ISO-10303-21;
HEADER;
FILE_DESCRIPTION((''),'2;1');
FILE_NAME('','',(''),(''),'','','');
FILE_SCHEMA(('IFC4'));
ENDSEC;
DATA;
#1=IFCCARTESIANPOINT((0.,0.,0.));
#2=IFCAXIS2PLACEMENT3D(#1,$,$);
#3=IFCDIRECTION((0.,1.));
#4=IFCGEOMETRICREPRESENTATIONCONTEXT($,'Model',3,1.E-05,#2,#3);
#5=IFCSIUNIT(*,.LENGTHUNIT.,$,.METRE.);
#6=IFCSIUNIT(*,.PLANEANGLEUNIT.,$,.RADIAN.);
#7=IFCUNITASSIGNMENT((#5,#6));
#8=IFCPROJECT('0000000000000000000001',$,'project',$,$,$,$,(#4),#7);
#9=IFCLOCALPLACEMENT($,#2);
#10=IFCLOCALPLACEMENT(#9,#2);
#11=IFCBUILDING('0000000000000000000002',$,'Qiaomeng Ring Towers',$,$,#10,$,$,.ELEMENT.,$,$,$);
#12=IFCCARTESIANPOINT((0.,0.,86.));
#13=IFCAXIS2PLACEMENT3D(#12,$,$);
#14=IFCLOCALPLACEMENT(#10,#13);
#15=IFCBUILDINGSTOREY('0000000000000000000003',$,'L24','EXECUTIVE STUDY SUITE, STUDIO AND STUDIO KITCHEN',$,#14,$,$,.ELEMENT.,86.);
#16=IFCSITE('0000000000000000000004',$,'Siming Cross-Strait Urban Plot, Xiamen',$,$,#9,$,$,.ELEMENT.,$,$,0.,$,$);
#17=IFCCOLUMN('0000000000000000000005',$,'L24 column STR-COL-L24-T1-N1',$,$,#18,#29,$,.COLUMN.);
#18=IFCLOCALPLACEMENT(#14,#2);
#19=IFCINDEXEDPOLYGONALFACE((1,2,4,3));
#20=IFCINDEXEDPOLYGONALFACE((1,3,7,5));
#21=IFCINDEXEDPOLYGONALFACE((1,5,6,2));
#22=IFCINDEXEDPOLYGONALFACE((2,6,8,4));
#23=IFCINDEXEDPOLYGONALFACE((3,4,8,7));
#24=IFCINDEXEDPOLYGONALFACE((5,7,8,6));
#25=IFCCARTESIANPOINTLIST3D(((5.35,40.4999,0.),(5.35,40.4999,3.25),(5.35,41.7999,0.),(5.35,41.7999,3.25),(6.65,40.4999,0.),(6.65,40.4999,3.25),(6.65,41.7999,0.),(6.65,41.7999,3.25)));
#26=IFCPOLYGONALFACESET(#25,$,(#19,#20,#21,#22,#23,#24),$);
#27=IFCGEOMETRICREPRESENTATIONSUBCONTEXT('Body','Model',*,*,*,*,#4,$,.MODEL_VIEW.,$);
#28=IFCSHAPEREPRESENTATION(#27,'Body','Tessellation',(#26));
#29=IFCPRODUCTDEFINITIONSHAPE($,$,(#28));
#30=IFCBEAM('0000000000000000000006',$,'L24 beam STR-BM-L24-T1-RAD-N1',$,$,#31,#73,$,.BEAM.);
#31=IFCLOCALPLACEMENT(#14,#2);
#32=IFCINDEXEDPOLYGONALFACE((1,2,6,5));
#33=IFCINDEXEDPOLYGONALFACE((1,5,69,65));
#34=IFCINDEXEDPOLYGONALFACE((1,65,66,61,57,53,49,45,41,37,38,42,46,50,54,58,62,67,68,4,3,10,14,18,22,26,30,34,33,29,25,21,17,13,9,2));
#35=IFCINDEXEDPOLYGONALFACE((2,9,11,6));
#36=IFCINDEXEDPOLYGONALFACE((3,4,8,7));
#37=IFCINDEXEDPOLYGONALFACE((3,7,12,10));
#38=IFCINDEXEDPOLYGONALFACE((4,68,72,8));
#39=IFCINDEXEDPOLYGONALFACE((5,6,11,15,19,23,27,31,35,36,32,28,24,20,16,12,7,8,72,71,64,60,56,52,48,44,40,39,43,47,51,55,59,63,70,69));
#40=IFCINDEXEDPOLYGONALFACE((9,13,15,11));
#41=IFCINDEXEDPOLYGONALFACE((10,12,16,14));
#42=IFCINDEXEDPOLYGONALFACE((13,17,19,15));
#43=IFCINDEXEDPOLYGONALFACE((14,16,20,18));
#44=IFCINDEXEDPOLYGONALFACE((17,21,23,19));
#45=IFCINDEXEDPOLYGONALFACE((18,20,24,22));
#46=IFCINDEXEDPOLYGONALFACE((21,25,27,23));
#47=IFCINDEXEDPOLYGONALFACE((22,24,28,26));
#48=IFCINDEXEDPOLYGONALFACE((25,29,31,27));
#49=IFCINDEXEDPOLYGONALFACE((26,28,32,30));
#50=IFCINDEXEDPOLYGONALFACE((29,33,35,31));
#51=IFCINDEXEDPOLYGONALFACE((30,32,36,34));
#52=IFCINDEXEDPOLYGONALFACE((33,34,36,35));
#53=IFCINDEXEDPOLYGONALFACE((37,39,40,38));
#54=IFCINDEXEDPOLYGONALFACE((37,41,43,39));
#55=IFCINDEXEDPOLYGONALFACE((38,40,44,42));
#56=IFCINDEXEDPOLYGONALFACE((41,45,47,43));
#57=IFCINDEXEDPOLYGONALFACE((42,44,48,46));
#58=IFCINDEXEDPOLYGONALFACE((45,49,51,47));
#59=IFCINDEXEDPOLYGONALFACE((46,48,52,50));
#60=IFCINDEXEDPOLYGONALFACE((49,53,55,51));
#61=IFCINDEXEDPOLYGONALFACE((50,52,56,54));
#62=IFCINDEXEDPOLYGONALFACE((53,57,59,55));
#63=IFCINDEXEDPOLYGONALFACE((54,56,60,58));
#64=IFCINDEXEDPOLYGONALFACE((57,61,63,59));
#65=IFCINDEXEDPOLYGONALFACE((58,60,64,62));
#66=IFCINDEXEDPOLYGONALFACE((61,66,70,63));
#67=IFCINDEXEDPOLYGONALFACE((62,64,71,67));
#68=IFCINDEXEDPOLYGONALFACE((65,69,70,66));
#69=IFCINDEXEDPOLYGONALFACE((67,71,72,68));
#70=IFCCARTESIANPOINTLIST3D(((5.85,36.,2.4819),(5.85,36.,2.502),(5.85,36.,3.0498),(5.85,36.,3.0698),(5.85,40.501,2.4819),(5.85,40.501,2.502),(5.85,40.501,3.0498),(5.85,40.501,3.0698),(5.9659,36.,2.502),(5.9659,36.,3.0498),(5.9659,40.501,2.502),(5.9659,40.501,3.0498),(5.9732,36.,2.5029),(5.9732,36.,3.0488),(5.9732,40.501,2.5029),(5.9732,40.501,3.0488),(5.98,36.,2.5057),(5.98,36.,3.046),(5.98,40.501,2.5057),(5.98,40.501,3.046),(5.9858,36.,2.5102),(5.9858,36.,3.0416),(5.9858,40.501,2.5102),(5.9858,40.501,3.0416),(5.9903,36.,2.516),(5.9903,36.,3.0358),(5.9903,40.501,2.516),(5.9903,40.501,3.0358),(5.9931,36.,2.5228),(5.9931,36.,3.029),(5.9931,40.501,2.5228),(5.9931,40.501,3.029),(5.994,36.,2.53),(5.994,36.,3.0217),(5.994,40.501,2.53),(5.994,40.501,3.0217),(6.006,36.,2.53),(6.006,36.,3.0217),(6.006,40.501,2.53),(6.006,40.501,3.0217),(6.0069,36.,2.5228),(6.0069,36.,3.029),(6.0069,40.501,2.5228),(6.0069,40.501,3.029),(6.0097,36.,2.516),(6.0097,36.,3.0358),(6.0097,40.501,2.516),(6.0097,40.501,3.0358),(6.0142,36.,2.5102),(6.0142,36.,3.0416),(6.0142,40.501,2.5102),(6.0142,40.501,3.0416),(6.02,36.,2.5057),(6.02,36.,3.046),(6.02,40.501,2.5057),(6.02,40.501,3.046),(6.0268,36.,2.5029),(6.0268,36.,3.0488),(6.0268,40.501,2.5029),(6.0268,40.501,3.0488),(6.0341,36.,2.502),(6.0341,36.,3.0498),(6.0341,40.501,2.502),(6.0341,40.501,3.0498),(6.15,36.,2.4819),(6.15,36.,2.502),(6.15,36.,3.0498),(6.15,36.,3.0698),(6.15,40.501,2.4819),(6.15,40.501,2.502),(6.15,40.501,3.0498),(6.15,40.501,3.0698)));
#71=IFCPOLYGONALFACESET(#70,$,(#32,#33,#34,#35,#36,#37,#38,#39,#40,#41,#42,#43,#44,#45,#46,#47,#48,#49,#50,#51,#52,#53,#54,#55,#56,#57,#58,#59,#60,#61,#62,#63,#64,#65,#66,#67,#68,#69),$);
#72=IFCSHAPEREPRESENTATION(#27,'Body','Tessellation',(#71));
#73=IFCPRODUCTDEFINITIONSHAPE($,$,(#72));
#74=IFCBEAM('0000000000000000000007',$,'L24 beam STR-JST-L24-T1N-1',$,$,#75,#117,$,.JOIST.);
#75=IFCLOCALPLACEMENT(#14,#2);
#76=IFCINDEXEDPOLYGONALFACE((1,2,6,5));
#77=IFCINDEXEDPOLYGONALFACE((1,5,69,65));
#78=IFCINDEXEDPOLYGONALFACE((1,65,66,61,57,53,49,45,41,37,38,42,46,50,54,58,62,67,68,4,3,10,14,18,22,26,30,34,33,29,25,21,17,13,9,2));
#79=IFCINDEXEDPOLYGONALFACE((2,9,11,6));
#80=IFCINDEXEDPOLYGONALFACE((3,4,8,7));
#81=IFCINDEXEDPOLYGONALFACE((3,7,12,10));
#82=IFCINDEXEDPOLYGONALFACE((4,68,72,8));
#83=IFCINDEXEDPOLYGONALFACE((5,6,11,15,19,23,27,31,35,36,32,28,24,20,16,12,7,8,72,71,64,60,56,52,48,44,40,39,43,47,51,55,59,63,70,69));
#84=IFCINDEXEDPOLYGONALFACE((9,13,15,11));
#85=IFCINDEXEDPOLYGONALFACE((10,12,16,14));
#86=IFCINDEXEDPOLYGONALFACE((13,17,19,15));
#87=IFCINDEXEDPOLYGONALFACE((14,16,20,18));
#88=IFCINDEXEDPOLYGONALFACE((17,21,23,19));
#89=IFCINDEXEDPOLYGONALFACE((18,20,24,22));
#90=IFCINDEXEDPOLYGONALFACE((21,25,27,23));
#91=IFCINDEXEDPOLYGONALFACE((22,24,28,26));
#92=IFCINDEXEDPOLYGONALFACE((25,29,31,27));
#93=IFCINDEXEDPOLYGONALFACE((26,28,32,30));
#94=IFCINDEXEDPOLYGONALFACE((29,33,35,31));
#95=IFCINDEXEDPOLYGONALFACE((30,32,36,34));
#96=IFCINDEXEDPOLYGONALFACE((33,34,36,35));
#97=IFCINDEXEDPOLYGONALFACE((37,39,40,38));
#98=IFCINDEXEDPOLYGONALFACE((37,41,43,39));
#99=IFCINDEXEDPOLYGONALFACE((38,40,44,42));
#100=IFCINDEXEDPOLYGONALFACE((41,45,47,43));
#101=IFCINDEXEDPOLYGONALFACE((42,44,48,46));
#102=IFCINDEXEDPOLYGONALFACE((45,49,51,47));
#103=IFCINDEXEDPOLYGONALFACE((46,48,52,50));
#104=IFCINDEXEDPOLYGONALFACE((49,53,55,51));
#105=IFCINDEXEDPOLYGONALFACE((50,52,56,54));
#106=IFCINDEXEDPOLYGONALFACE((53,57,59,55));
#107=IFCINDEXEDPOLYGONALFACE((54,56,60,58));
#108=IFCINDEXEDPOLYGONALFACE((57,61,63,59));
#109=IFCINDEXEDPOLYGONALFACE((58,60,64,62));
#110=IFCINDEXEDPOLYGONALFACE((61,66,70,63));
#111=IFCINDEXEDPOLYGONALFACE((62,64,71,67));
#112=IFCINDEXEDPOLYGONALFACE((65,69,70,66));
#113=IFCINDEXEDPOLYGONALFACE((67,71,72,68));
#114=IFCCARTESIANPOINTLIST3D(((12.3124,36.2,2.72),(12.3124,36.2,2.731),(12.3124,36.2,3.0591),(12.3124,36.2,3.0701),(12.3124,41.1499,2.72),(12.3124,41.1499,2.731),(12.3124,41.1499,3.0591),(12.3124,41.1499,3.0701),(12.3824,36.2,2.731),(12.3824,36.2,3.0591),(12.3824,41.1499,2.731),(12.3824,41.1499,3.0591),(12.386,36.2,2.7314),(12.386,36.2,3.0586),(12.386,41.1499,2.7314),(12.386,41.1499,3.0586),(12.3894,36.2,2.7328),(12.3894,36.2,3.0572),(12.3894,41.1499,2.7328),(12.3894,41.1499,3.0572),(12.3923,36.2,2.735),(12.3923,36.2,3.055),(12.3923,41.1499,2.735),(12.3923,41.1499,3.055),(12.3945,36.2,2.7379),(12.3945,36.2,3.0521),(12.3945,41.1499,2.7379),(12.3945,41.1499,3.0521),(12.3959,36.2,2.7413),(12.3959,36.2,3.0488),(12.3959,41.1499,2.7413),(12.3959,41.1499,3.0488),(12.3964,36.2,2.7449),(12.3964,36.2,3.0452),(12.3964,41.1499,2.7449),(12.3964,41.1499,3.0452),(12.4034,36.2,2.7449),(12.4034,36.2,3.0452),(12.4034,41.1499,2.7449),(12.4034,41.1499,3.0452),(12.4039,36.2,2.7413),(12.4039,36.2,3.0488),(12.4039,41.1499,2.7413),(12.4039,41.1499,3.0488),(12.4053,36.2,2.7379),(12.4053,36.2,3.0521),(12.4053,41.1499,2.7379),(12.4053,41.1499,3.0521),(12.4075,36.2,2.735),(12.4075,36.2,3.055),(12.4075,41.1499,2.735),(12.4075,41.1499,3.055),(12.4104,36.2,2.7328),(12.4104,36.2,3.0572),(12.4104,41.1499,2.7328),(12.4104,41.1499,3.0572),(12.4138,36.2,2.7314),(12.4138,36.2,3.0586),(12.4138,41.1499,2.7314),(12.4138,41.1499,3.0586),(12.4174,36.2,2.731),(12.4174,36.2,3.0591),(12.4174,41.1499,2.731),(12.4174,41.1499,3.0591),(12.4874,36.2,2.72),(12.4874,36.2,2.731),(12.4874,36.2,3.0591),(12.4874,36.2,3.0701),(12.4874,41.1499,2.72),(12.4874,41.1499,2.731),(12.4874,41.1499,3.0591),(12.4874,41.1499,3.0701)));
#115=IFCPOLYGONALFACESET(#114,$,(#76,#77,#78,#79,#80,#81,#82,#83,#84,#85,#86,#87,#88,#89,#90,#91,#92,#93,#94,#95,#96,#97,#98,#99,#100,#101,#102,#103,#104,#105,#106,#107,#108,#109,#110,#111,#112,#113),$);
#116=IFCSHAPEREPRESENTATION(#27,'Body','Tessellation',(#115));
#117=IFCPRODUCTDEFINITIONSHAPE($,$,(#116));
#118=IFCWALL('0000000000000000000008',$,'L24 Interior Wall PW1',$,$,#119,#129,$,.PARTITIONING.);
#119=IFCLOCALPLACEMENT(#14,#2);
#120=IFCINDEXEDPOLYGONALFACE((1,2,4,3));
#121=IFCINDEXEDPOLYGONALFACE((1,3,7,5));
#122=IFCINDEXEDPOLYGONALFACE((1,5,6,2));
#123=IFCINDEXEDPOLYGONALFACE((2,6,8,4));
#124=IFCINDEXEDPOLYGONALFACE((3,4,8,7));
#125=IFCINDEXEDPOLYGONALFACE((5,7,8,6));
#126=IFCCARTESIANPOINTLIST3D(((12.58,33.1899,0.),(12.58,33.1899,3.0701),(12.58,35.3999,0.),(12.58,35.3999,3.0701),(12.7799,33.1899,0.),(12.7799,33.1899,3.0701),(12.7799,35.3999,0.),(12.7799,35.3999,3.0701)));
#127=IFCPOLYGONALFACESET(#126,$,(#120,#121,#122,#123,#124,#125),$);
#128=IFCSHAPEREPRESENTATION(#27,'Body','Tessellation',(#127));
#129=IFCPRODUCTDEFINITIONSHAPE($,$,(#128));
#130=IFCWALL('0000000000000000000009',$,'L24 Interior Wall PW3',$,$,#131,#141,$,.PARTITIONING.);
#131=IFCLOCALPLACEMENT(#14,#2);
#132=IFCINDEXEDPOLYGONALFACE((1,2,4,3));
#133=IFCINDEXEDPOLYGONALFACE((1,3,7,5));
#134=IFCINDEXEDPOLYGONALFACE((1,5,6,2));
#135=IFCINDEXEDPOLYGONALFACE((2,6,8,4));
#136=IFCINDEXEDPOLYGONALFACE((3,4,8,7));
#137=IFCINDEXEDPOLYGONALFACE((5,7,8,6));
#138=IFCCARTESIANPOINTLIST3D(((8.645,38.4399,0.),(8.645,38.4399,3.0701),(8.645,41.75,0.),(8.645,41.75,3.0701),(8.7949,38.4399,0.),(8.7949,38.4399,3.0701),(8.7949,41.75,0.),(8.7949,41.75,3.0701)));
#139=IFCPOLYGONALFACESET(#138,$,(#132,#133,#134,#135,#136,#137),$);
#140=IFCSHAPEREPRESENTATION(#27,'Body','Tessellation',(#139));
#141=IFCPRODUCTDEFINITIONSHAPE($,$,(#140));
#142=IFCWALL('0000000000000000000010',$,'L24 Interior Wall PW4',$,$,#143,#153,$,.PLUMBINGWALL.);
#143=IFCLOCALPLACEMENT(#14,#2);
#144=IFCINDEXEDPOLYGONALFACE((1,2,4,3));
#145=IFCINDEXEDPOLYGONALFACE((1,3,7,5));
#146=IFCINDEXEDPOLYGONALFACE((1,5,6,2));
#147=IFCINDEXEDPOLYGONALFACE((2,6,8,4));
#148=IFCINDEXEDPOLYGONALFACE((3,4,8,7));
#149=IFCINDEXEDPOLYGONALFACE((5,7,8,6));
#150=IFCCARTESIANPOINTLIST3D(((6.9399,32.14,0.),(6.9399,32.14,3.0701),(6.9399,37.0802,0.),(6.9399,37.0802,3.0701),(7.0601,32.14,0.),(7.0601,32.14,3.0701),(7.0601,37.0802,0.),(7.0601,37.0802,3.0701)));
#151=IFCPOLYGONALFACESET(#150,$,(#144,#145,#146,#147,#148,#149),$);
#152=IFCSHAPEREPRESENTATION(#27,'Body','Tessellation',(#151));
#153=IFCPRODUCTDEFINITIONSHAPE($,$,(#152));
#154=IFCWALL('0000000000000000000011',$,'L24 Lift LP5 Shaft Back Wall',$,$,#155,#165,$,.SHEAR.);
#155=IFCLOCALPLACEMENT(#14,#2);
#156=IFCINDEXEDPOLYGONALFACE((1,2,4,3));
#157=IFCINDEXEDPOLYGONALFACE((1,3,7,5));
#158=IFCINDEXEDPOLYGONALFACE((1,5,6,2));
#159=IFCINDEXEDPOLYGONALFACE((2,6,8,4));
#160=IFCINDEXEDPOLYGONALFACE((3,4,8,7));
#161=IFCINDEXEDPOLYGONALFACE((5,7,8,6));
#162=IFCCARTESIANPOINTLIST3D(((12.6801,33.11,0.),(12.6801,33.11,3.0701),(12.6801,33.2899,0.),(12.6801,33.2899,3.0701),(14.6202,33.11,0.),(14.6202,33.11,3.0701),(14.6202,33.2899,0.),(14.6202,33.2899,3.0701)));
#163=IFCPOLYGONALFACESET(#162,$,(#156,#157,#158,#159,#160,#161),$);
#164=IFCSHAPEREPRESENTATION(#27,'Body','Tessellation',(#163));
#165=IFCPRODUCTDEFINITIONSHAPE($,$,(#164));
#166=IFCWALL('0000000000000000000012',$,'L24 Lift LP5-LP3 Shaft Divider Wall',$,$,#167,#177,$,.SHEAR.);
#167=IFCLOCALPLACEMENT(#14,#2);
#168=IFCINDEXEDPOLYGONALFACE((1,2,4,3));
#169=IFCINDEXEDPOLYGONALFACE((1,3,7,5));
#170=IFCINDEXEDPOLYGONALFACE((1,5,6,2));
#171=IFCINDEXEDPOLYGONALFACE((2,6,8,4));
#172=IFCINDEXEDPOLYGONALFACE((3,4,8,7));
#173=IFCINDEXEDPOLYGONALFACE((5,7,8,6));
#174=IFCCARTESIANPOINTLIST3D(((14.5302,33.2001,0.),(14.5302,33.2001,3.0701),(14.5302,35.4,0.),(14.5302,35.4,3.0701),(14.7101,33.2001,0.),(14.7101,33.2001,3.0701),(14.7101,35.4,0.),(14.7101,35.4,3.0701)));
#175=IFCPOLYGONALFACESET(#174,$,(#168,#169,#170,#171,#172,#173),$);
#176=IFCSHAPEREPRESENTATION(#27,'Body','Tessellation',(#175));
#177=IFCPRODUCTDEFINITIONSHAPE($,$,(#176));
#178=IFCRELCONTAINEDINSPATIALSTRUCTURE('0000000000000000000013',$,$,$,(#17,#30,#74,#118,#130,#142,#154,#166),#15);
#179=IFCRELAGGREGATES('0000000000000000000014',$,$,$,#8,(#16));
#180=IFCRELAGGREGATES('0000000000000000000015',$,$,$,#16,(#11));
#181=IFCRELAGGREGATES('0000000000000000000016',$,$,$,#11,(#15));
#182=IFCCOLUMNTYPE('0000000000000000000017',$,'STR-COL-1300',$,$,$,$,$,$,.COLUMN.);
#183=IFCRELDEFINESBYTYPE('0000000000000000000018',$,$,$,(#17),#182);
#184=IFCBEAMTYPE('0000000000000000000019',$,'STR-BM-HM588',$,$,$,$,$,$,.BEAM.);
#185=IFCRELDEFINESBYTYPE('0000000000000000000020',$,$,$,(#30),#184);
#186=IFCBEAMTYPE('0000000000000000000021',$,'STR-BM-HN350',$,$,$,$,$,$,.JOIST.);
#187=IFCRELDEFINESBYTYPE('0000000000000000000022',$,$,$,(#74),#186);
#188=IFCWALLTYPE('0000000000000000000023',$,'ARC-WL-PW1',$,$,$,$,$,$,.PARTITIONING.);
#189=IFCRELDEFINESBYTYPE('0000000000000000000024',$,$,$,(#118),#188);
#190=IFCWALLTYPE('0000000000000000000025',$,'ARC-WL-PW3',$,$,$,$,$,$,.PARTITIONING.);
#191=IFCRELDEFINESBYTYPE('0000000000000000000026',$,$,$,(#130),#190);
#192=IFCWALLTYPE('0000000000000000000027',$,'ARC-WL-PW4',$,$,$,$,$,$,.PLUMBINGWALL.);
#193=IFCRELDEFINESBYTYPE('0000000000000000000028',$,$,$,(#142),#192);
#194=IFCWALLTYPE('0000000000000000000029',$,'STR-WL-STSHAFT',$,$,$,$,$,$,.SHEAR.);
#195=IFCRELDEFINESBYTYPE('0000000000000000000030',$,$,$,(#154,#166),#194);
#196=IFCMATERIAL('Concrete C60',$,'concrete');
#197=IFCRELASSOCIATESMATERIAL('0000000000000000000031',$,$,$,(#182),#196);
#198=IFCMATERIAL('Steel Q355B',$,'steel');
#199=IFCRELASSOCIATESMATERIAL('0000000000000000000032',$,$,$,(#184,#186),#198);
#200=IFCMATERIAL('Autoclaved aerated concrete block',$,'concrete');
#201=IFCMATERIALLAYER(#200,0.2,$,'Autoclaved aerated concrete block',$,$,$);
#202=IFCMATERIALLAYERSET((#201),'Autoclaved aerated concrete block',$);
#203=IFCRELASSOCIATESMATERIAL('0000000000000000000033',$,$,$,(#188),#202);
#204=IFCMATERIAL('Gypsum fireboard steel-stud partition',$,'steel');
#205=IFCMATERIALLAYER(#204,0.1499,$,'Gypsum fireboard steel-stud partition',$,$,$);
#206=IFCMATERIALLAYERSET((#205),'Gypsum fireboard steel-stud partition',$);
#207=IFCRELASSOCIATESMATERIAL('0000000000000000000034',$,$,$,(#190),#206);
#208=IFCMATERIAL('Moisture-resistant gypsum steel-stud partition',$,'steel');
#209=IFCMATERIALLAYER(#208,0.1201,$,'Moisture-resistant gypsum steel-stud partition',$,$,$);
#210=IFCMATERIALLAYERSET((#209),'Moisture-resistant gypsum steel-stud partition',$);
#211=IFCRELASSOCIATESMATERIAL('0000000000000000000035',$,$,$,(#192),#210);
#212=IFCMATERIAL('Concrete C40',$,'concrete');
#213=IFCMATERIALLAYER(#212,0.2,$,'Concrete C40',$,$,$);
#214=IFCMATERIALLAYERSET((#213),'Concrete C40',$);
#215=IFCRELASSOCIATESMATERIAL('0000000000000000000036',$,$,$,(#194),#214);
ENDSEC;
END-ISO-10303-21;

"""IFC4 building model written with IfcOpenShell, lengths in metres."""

from ifc_helpers import new_model, si_unit, direction, frame, frame_2d, origin, origin_2d, place, context, subcontext, project, spatial, rectangle, i_section, extrude, source, transform, mapped, material, layer, layer_set, material_profile, profile_set, type_object, element, save


model = new_model("IFC4")

# Units and contexts
model_context = context("Model", 3, precision=1e-05, world=origin(), true_north=direction((0.0, 1.0)))
body_context = subcontext(model_context, "Body", "Model", "MODEL_VIEW")
ifc_project = project(units=[si_unit("LENGTHUNIT", "METRE"), si_unit("PLANEANGLEUNIT", "RADIAN")], contexts=[model_context])

# Site, building, storey
site_placement = place(None, origin())
site = spatial("IfcSite", under=ifc_project, at=site_placement, Name="Siming Cross-Strait Urban Plot, Xiamen", CompositionType="ELEMENT", RefElevation=0.0)
building_placement = place(site_placement, origin())
building = spatial("IfcBuilding", under=site, at=building_placement, Name="Qiaomeng Ring Towers", CompositionType="ELEMENT")
storey_placement = place(building_placement, frame((0.0, 0.0, 86.0)))
storey = spatial("IfcBuildingStorey", under=building, at=storey_placement, Name="L24", Description="EXECUTIVE STUDY SUITE, STUDIO AND STUDIO KITCHEN", CompositionType="ELEMENT", Elevation=86.0)

# Column
ifc_material_1 = material(Name="Concrete C60", Category="concrete")
ifc_material_profile_1 = material_profile(ifc_material_1, rectangle(XDim=1.3, YDim=1.3, at=origin_2d()), Name="RC COL 1300x1300")
ifc_profile_set_1 = profile_set([ifc_material_profile_1], Name="Concrete C60")
column_type = type_object("IfcColumnType", Name="STR-COL-1300", PredefinedType="COLUMN", material=ifc_profile_set_1)
shared_shape_1 = source(origin(), body_context, "Body", "SweptSolid", [
    extrude(rectangle(XDim=1.3, YDim=1.3, at=origin_2d()), origin(), (0.0, 0.0, 1.0), 3.25),
])
column_placement = place(storey_placement, frame((6.0, 41.1499, 0.0), z_axis=(0.0, 0.0, 1.0), x_axis=(1.0, 0.0, 0.0)))
element("IfcColumn", 1, at=column_placement, inside=storey, type_object=column_type, Name="L24 column STR-COL-L24-T1-N1", PredefinedType="COLUMN", context=body_context, shape_type="MappedRepresentation", body=[
    mapped(shared_shape_1, transform((0.0, 0.0, 0.0), x_axis=(1.0, 0.0, 0.0), y_axis=(0.0, 1.0, 0.0), z_axis=(0.0, 0.0, 1.0), scale=1.0)),
])

# Beams
ifc_material_2 = material(Name="Steel Q355B", Category="steel")
ifc_material_profile_2 = material_profile(ifc_material_2, i_section(OverallWidth=0.3, OverallDepth=0.5879, WebThickness=0.012, FlangeThickness=0.02, FilletRadius=0.0281, at=origin_2d()), Name="HM 588x300x12x20")
ifc_profile_set_2 = profile_set([ifc_material_profile_2], Name="Steel Q355B")
beam_type_1 = type_object("IfcBeamType", Name="STR-BM-HM588", PredefinedType="BEAM", material=ifc_profile_set_2)
shared_shape_2 = source(origin(), body_context, "Body", "SweptSolid", [
    extrude(i_section(OverallWidth=0.3, OverallDepth=0.5879, WebThickness=0.012, FlangeThickness=0.02, FilletRadius=0.0281, at=origin_2d()), origin(), (0.0, 0.0, 1.0), 4.501),
])
beam_1_placement = place(storey_placement, frame((6.0, 40.501, 2.7759), z_axis=(0.0, -1.0, 0.0), x_axis=(1.0, 0.0, 0.0)))
element("IfcBeam", 2, at=beam_1_placement, inside=storey, type_object=beam_type_1, Name="L24 beam STR-BM-L24-T1-RAD-N1", PredefinedType="BEAM", context=body_context, shape_type="MappedRepresentation", body=[
    mapped(shared_shape_2, transform((0.0, 0.0, 0.0), x_axis=(1.0, 0.0, 0.0), y_axis=(0.0, 1.0, 0.0), z_axis=(0.0, 0.0, 1.0), scale=1.0)),
])
ifc_material_profile_3 = material_profile(ifc_material_2, i_section(OverallWidth=0.175, OverallDepth=0.3501, WebThickness=0.0071, FlangeThickness=0.011, FilletRadius=0.0139, at=origin_2d()), Name="HN 350x175x7x11")
ifc_profile_set_3 = profile_set([ifc_material_profile_3], Name="Steel Q355B")
beam_type_2 = type_object("IfcBeamType", Name="STR-BM-HN350", PredefinedType="JOIST", material=ifc_profile_set_3)
shared_shape_3 = source(origin(), body_context, "Body", "SweptSolid", [
    extrude(i_section(OverallWidth=0.175, OverallDepth=0.3501, WebThickness=0.0071, FlangeThickness=0.011, FilletRadius=0.0139, at=origin_2d()), origin(), (0.0, 0.0, 1.0), 4.95),
])
beam_2_placement = place(storey_placement, frame((12.3999, 36.2, 2.895), z_axis=(0.0, 1.0, 0.0), x_axis=(-1.0, 0.0, 0.0)))
element("IfcBeam", 3, at=beam_2_placement, inside=storey, type_object=beam_type_2, Name="L24 beam STR-JST-L24-T1N-1", PredefinedType="JOIST", context=body_context, shape_type="MappedRepresentation", body=[
    mapped(shared_shape_3, transform((0.0, 0.0, 0.0), x_axis=(1.0, 0.0, 0.0), y_axis=(0.0, 1.0, 0.0), z_axis=(0.0, 0.0, 1.0), scale=1.0)),
])

# Wall
ifc_material_3 = material(Name="Autoclaved aerated concrete block", Category="concrete")
ifc_layer_1 = layer(ifc_material_3, 0.2, Name="Autoclaved aerated concrete block")
ifc_layer_set_1 = layer_set([ifc_layer_1], Name="Autoclaved aerated concrete block")
wall_type_1 = type_object("IfcWallType", Name="ARC-WL-PW1", PredefinedType="PARTITIONING", material=ifc_layer_set_1)
wall_1_placement = place(storey_placement, frame((12.6799, 33.1899, 0.0), z_axis=(0.0, 0.0, 1.0), x_axis=(0.0, 1.0, 0.0)))
element("IfcWall", 4, at=wall_1_placement, inside=storey, type_object=wall_type_1, Name="L24 Interior Wall PW1", PredefinedType="PARTITIONING", context=body_context, shape_type="SweptSolid", body=[
    extrude(rectangle(XDim=2.21, YDim=0.2, at=frame_2d((1.105, 0.0))), origin(), (0.0, 0.0, 1.0), 3.0701),
])

# Walls
ifc_material_4 = material(Name="Gypsum fireboard steel-stud partition", Category="steel")
ifc_layer_2 = layer(ifc_material_4, 0.1499, Name="Gypsum fireboard steel-stud partition")
ifc_layer_set_2 = layer_set([ifc_layer_2], Name="Gypsum fireboard steel-stud partition")
wall_type_2 = type_object("IfcWallType", Name="ARC-WL-PW3", PredefinedType="PARTITIONING", material=ifc_layer_set_2)
wall_2_placement = place(storey_placement, frame((8.72, 38.4399, 0.0), z_axis=(0.0, 0.0, 1.0), x_axis=(0.0, 1.0, 0.0)))
element("IfcWall", 5, at=wall_2_placement, inside=storey, type_object=wall_type_2, Name="L24 Interior Wall PW3", PredefinedType="PARTITIONING", context=body_context, shape_type="SweptSolid", body=[
    extrude(rectangle(XDim=3.3101, YDim=0.1499, at=frame_2d((1.655, 0.0))), origin(), (0.0, 0.0, 1.0), 3.0701),
])
ifc_material_5 = material(Name="Moisture-resistant gypsum steel-stud partition", Category="steel")
ifc_layer_3 = layer(ifc_material_5, 0.1201, Name="Moisture-resistant gypsum steel-stud partition")
ifc_layer_set_3 = layer_set([ifc_layer_3], Name="Moisture-resistant gypsum steel-stud partition")
wall_type_3 = type_object("IfcWallType", Name="ARC-WL-PW4", PredefinedType="PLUMBINGWALL", material=ifc_layer_set_3)
wall_3_placement = place(storey_placement, frame((7.0, 32.1399, 0.0), z_axis=(0.0, 0.0, 1.0), x_axis=(0.0, 1.0, 0.0)))
element("IfcWall", 6, at=wall_3_placement, inside=storey, type_object=wall_type_3, Name="L24 Interior Wall PW4", PredefinedType="PLUMBINGWALL", context=body_context, shape_type="SweptSolid", body=[
    extrude(rectangle(XDim=4.9402, YDim=0.1201, at=frame_2d((2.4702, 0.0))), origin(), (0.0, 0.0, 1.0), 3.0701),
])
ifc_material_6 = material(Name="Concrete C40", Category="concrete")
ifc_layer_4 = layer(ifc_material_6, 0.2, Name="Concrete C40")
ifc_layer_set_4 = layer_set([ifc_layer_4], Name="Concrete C40")
wall_type_4 = type_object("IfcWallType", Name="STR-WL-STSHAFT", PredefinedType="SHEAR", material=ifc_layer_set_4)
wall_4_placement = place(storey_placement, frame((12.6799, 33.2, 0.0), z_axis=(0.0, 0.0, 1.0), x_axis=(1.0, 0.0, 0.0)))
element("IfcWall", 7, at=wall_4_placement, inside=storey, type_object=wall_type_4, Name="L24 Lift LP5 Shaft Back Wall", PredefinedType="SHEAR", context=body_context, shape_type="SweptSolid", body=[
    extrude(rectangle(XDim=1.9402, YDim=0.1799, at=frame_2d((0.9702, 0.0))), origin(), (0.0, 0.0, 1.0), 3.0701),
])
wall_5_placement = place(storey_placement, frame((14.6201, 33.2, 0.0), z_axis=(0.0, 0.0, 1.0), x_axis=(0.0, 1.0, 0.0)))
element("IfcWall", 8, at=wall_5_placement, inside=storey, type_object=wall_type_4, Name="L24 Lift LP5-LP3 Shaft Divider Wall", PredefinedType="SHEAR", context=body_context, shape_type="SweptSolid", body=[
    extrude(rectangle(XDim=2.2, YDim=0.1799, at=frame_2d((1.1001, 0.0))), origin(), (0.0, 0.0, 1.0), 3.0701),
])

save(model, "model.ifc")
